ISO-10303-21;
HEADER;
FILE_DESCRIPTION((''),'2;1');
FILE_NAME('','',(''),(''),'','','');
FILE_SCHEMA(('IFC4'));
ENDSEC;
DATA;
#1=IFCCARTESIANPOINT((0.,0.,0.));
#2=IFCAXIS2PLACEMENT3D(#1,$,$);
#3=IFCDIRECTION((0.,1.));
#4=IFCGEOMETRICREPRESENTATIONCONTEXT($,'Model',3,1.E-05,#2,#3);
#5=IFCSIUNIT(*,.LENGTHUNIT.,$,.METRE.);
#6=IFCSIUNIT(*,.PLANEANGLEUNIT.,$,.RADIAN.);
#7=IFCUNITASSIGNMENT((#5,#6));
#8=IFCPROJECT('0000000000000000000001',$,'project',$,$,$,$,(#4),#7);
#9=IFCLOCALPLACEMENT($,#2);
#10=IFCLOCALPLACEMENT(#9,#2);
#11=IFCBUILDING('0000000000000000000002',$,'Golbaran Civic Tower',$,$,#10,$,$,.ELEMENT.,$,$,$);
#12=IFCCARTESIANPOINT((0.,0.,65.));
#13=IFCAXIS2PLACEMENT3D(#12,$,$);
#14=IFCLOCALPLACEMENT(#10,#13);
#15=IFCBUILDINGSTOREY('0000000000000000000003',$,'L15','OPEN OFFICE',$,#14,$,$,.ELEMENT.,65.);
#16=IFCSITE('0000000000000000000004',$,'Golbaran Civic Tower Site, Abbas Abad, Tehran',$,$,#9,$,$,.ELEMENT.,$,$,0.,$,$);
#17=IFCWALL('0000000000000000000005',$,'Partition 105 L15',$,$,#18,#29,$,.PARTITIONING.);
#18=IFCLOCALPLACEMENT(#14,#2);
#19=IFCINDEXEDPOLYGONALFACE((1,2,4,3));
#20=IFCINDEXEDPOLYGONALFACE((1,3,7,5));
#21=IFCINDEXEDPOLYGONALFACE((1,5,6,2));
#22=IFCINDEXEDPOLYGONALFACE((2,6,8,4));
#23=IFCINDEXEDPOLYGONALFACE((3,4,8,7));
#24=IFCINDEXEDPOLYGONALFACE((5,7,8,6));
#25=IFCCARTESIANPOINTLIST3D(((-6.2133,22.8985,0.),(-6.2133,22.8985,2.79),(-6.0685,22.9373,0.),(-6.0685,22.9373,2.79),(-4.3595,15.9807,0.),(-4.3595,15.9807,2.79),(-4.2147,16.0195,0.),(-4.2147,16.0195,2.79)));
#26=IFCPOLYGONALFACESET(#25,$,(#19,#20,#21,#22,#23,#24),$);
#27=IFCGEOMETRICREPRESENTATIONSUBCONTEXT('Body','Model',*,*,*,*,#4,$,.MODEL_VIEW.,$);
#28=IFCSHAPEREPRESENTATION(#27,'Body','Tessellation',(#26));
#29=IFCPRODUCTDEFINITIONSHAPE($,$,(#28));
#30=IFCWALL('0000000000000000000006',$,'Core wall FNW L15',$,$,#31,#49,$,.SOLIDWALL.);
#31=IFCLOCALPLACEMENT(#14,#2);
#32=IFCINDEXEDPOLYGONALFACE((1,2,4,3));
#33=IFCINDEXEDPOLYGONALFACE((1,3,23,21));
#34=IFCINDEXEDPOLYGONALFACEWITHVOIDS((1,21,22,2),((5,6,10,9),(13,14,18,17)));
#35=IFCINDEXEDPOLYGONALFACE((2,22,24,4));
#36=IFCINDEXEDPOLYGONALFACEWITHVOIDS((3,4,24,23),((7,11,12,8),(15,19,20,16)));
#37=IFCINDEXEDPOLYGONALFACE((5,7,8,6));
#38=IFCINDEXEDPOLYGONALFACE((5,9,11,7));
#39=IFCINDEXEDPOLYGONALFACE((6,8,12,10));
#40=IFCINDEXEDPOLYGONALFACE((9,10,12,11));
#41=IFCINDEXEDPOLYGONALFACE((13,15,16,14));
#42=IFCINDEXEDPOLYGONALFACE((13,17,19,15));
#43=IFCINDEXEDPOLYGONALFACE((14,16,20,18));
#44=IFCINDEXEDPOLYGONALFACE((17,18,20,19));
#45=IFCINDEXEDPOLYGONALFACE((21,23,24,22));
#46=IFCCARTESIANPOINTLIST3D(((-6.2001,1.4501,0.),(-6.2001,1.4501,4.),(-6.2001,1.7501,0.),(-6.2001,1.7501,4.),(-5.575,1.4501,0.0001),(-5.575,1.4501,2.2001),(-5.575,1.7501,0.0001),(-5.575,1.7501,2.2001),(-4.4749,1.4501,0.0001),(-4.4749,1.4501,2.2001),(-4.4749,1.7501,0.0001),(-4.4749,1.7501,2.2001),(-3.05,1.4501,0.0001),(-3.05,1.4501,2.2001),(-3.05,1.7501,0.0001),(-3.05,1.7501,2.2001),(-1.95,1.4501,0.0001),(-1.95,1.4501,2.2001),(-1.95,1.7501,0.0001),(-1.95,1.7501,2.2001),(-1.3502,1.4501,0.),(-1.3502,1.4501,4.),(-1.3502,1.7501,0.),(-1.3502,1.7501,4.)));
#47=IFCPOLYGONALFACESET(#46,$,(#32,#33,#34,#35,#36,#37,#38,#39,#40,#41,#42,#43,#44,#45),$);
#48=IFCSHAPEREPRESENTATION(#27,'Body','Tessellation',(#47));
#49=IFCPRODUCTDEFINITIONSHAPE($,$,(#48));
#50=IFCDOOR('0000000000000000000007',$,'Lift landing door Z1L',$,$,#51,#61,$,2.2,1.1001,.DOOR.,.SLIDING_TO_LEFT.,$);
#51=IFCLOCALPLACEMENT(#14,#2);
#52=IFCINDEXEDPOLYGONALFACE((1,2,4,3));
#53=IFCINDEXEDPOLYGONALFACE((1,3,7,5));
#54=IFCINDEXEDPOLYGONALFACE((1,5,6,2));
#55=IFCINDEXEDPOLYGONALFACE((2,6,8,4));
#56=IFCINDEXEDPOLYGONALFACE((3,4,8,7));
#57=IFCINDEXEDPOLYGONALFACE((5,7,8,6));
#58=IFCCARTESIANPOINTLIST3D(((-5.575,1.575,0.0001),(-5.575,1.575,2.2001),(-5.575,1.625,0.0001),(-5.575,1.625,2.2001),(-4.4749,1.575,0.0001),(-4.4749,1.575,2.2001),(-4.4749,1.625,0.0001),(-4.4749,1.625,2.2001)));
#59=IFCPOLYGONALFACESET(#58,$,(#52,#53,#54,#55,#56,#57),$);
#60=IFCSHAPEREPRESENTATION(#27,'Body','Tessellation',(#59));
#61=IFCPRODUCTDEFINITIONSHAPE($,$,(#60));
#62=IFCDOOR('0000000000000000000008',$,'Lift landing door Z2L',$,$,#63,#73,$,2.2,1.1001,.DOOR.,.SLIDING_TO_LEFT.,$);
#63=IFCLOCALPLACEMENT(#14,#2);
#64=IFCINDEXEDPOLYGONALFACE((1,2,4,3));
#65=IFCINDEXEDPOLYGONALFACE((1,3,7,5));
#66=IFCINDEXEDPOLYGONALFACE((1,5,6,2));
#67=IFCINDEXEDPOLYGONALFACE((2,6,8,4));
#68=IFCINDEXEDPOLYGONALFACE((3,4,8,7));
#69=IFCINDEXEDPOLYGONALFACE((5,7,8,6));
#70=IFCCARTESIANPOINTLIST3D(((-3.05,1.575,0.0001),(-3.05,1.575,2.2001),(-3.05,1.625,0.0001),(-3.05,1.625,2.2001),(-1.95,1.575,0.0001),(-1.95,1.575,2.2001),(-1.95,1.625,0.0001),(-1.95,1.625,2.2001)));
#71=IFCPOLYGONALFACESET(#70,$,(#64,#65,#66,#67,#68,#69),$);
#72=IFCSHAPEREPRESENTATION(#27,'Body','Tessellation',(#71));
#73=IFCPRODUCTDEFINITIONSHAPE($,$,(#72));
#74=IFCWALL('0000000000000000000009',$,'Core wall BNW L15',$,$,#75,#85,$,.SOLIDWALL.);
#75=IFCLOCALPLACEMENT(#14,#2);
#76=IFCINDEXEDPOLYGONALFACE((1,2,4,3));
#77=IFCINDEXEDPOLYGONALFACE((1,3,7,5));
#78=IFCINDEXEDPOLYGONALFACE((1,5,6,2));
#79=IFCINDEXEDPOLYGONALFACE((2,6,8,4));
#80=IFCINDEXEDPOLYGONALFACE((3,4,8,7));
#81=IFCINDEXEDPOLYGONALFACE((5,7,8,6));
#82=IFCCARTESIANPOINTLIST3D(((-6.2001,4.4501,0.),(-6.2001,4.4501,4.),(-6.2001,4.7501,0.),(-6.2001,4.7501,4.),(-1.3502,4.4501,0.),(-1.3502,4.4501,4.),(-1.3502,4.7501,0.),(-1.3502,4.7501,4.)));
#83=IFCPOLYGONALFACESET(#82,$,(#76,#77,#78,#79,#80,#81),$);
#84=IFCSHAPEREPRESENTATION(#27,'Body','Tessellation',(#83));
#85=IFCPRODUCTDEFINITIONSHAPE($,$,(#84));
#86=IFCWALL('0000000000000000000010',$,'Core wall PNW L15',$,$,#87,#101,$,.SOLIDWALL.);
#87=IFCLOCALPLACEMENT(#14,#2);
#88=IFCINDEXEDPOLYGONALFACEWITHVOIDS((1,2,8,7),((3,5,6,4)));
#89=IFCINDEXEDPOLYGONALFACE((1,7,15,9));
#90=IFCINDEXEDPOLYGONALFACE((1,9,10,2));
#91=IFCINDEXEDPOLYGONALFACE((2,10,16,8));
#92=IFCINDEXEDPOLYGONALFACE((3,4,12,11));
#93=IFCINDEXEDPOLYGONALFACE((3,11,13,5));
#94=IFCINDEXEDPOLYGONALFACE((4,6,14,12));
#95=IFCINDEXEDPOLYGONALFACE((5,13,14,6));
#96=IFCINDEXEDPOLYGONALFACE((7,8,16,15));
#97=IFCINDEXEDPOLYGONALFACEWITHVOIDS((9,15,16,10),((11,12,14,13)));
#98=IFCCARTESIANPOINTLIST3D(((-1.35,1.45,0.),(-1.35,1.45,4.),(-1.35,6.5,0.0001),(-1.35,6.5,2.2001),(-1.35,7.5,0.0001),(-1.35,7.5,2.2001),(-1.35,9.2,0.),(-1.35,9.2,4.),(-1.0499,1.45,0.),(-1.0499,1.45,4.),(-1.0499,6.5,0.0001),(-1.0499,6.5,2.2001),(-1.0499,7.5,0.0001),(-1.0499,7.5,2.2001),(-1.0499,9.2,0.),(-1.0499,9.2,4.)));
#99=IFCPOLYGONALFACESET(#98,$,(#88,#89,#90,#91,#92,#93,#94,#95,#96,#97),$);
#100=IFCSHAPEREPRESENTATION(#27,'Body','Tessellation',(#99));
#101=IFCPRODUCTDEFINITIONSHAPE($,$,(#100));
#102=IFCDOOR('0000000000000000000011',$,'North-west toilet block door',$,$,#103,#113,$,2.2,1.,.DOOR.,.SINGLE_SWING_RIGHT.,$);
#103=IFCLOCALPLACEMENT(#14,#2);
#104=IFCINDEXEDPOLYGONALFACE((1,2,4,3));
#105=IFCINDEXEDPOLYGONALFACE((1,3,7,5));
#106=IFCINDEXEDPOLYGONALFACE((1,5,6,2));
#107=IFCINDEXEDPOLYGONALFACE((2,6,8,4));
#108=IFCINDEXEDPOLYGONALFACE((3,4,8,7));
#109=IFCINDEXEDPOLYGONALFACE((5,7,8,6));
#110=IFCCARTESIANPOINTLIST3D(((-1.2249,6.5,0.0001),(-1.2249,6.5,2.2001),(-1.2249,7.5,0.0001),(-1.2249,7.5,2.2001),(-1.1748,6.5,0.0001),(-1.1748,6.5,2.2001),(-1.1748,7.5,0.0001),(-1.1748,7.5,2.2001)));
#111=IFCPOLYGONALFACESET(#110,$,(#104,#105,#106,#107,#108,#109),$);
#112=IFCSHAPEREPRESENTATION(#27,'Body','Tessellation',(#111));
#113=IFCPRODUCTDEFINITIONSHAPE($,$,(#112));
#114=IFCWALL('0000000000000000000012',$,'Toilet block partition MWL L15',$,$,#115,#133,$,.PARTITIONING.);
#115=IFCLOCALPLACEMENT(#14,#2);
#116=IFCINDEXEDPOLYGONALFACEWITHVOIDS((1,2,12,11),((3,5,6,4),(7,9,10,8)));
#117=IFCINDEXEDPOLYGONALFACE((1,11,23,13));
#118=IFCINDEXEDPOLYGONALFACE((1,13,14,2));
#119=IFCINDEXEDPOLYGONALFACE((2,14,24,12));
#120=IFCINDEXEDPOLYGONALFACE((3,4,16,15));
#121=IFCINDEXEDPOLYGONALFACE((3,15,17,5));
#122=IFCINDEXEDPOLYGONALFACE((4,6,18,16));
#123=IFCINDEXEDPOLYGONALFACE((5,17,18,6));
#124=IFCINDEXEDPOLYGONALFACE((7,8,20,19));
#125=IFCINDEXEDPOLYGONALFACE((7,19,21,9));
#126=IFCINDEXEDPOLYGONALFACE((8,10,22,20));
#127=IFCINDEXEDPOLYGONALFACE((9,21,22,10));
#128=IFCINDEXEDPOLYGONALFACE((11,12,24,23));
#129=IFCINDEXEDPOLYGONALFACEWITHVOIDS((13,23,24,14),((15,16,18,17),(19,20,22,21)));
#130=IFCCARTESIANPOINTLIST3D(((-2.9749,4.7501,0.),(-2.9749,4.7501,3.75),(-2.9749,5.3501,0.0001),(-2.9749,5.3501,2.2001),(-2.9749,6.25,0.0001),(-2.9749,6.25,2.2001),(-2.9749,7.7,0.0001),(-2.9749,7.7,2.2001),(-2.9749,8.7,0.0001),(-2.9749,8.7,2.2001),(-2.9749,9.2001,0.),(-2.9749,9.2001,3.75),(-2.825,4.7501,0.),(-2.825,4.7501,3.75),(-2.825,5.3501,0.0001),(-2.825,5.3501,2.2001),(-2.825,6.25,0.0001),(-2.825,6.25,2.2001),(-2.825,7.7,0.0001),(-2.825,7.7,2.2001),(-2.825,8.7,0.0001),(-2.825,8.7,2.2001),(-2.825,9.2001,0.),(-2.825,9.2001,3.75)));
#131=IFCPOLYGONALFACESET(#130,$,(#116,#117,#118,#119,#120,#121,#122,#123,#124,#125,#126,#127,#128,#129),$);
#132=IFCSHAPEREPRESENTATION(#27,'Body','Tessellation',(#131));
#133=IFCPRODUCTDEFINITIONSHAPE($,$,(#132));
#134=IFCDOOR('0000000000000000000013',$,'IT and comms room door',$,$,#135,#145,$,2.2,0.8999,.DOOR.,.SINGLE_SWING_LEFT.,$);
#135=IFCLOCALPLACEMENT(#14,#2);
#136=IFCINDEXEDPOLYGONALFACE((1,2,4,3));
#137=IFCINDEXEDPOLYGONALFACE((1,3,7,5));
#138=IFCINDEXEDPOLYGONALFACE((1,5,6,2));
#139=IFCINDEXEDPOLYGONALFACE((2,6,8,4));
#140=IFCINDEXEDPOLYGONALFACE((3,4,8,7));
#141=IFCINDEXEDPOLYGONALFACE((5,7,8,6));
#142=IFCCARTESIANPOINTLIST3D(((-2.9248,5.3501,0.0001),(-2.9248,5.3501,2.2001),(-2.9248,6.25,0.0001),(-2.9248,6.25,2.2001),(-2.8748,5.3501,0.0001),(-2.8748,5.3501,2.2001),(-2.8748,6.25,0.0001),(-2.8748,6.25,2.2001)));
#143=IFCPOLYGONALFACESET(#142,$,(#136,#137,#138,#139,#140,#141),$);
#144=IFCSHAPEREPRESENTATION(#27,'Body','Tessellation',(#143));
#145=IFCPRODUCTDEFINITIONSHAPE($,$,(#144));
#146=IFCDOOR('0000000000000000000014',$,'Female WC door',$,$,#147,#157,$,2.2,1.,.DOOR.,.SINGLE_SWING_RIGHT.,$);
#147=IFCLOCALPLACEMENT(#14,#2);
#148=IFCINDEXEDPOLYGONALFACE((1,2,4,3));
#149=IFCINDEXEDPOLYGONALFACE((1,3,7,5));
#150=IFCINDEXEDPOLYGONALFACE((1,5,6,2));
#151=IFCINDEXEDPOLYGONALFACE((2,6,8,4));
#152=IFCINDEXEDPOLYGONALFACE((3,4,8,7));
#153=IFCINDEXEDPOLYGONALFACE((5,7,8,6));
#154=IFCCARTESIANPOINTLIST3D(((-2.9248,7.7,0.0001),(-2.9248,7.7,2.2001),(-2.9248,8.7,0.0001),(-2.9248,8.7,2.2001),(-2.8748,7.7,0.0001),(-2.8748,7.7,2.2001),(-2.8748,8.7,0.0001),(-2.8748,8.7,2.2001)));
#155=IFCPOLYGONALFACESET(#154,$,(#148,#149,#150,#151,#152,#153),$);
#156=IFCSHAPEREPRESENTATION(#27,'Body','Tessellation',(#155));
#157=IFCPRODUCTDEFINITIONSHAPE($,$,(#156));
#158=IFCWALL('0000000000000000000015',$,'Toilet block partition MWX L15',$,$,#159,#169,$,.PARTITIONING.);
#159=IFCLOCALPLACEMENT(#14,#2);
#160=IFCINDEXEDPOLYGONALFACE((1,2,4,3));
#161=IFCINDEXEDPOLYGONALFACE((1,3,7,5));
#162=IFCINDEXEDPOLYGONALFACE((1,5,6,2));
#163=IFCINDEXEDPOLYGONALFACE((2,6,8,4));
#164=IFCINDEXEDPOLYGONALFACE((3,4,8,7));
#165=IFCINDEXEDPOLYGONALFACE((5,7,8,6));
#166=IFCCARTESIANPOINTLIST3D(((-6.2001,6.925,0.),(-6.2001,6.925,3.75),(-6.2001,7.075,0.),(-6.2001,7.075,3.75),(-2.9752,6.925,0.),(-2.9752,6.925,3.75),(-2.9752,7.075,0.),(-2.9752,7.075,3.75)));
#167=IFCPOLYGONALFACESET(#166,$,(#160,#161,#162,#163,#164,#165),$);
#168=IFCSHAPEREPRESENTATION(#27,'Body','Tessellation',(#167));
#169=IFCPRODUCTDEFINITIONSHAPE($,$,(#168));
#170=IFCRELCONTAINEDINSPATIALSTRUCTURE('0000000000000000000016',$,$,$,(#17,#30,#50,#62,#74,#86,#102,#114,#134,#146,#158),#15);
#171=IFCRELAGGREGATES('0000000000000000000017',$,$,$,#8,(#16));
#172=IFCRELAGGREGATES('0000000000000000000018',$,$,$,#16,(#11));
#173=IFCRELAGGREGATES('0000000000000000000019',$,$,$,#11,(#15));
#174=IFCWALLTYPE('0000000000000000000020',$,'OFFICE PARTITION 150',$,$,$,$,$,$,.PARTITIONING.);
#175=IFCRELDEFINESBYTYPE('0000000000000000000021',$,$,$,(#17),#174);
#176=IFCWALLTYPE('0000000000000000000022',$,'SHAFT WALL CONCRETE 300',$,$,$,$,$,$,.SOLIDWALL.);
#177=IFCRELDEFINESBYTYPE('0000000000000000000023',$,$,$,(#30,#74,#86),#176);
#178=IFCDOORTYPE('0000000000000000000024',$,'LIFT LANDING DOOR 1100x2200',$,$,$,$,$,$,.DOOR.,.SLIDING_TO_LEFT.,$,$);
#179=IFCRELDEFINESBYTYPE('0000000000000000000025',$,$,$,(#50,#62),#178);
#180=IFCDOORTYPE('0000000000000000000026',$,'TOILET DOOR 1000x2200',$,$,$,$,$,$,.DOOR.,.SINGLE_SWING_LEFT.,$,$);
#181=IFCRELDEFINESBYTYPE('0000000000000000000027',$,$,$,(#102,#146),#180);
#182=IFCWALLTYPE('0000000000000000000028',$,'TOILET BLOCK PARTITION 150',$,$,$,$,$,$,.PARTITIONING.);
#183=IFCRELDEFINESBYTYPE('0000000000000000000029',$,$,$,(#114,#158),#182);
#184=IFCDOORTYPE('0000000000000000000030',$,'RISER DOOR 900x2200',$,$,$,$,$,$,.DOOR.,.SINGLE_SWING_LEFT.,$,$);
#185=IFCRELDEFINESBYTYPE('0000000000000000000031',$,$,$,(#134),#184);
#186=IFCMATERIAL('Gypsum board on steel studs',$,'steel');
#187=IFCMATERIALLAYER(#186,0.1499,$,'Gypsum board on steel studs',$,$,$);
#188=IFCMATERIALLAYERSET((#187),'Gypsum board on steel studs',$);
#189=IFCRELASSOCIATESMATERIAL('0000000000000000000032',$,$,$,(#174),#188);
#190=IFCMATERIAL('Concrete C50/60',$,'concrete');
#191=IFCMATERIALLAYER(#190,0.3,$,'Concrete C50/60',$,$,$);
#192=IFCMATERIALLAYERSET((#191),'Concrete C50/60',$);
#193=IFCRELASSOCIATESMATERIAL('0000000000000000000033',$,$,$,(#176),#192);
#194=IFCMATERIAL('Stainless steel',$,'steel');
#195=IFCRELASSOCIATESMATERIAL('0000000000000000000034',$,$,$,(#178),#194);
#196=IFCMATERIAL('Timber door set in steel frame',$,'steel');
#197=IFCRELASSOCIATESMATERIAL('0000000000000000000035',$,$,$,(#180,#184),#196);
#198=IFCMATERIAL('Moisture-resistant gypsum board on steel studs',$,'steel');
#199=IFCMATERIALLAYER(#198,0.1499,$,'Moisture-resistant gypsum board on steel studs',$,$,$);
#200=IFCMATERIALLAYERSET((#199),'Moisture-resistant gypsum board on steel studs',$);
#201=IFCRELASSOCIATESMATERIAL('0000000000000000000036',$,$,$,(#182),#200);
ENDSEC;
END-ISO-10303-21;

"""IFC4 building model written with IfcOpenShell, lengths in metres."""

from ifc_helpers import new_model, si_unit, direction, frame, frame_2d, origin, place, context, subcontext, project, spatial, rectangle, extrude, material, layer, layer_set, type_object, element, fill, save


model = new_model("IFC4")

# Units and contexts
model_context = context("Model", 3, precision=1e-05, world=origin(), true_north=direction((0.0, 1.0)))
body_context = subcontext(model_context, "Body", "Model", "MODEL_VIEW")
ifc_project = project(units=[si_unit("LENGTHUNIT", "METRE"), si_unit("PLANEANGLEUNIT", "RADIAN")], contexts=[model_context])

# Site, building, storey
site_placement = place(None, origin())
site = spatial("IfcSite", under=ifc_project, at=site_placement, Name="Golbaran Civic Tower Site, Abbas Abad, Tehran", CompositionType="ELEMENT", RefElevation=0.0)
building_placement = place(site_placement, origin())
building = spatial("IfcBuilding", under=site, at=building_placement, Name="Golbaran Civic Tower", CompositionType="ELEMENT")
storey_placement = place(building_placement, frame((0.0, 0.0, 65.0)))
storey = spatial("IfcBuildingStorey", under=building, at=storey_placement, Name="L15", Description="OPEN OFFICE", CompositionType="ELEMENT", Elevation=65.0)

# Wall
ifc_material_1 = material(Name="Gypsum board on steel studs", Category="steel")
ifc_layer_1 = layer(ifc_material_1, 0.1499, Name="Gypsum board on steel studs")
ifc_layer_set_1 = layer_set([ifc_layer_1], Name="Gypsum board on steel studs")
wall_type_1 = type_object("IfcWallType", Name="OFFICE PARTITION 150", PredefinedType="PARTITIONING", material=ifc_layer_set_1)
wall_1_placement = place(storey_placement, frame((-4.2871, 16.0, 0.0), z_axis=(0.0, 0.0, 1.0), x_axis=(-0.25884, 0.96592, 0.0)))
element("IfcWall", 1, at=wall_1_placement, inside=storey, type_object=wall_type_1, Name="Partition 105 L15", PredefinedType="PARTITIONING", context=body_context, shape_type="SweptSolid", body=[
    extrude(rectangle(XDim=7.1619, YDim=0.1499, at=frame_2d((3.5811, 0.0))), origin(), (0.0, 0.0, 1.0), 2.79),
])

# Wall, openings, doors
ifc_material_2 = material(Name="Concrete C50/60", Category="concrete")
ifc_layer_2 = layer(ifc_material_2, 0.3, Name="Concrete C50/60")
ifc_layer_set_2 = layer_set([ifc_layer_2], Name="Concrete C50/60")
wall_type_2 = type_object("IfcWallType", Name="SHAFT WALL CONCRETE 300", PredefinedType="SOLIDWALL", material=ifc_layer_set_2)
wall_2_placement = place(storey_placement, frame((-6.2, 1.6001, 0.0), z_axis=(0.0, 0.0, 1.0), x_axis=(1.0, 0.0, 0.0)))
wall_2 = element("IfcWall", 2, at=wall_2_placement, inside=storey, type_object=wall_type_2, Name="Core wall FNW L15", PredefinedType="SOLIDWALL", context=body_context, shape_type="SweptSolid", body=[
    extrude(rectangle(XDim=4.8499, YDim=0.3, at=frame_2d((2.4248, 0.0))), origin(), (0.0, 0.0, 1.0), 4.0),
])
opening_1_placement = place(wall_2_placement, frame((0.625, 0.0, 0.0)))
opening_1 = element("IfcOpeningElement", 3, at=opening_1_placement, cuts=wall_2, PredefinedType="OPENING", context=body_context, shape_type="SweptSolid", body=[
    extrude(rectangle(XDim=1.1001, YDim=2.2, at=frame_2d((0.55, 1.1001))), frame((0.0, 0.1599, 0.0), z_axis=(0.0, -1.0, 0.0), x_axis=(1.0, 0.0, 0.0)), (0.0, 0.0, 1.0), 0.3201),
])
opening_2_placement = place(wall_2_placement, frame((3.1499, 0.0, 0.0)))
opening_2 = element("IfcOpeningElement", 4, at=opening_2_placement, cuts=wall_2, PredefinedType="OPENING", context=body_context, shape_type="SweptSolid", body=[
    extrude(rectangle(XDim=1.1001, YDim=2.2, at=frame_2d((0.55, 1.1001))), frame((0.0, 0.1599, 0.0), z_axis=(0.0, -1.0, 0.0), x_axis=(1.0, 0.0, 0.0)), (0.0, 0.0, 1.0), 0.3201),
])
ifc_material_3 = material(Name="Stainless steel", Category="steel")
door_type_1 = type_object("IfcDoorType", Name="LIFT LANDING DOOR 1100x2200", OperationType="SLIDING_TO_LEFT", PredefinedType="DOOR", material=ifc_material_3)
door_1_placement = place(opening_1_placement, origin())
door_1 = element("IfcDoor", 5, at=door_1_placement, inside=storey, type_object=door_type_1, Name="Lift landing door Z1L", OperationType="SLIDING_TO_LEFT", OverallHeight=2.2, OverallWidth=1.1001, PredefinedType="DOOR", context=body_context, shape_type="SweptSolid", body=[
    extrude(rectangle(XDim=1.1001, YDim=2.2, at=frame_2d((0.55, 1.1001))), frame((0.0, 0.0249, 0.0), z_axis=(0.0, -1.0, 0.0), x_axis=(1.0, 0.0, 0.0)), (0.0, 0.0, 1.0), 0.05),
])
fill(opening_1, door_1)
door_2_placement = place(opening_2_placement, origin())
door_2 = element("IfcDoor", 6, at=door_2_placement, inside=storey, type_object=door_type_1, Name="Lift landing door Z2L", OperationType="SLIDING_TO_LEFT", OverallHeight=2.2, OverallWidth=1.1001, PredefinedType="DOOR", context=body_context, shape_type="SweptSolid", body=[
    extrude(rectangle(XDim=1.1001, YDim=2.2, at=frame_2d((0.55, 1.1001))), frame((0.0, 0.0249, 0.0), z_axis=(0.0, -1.0, 0.0), x_axis=(1.0, 0.0, 0.0)), (0.0, 0.0, 1.0), 0.05),
])
fill(opening_2, door_2)

# Wall
wall_3_placement = place(storey_placement, frame((-6.2, 4.6001, 0.0), z_axis=(0.0, 0.0, 1.0), x_axis=(1.0, 0.0, 0.0)))
element("IfcWall", 7, at=wall_3_placement, inside=storey, type_object=wall_type_2, Name="Core wall BNW L15", PredefinedType="SOLIDWALL", context=body_context, shape_type="SweptSolid", body=[
    extrude(rectangle(XDim=4.8499, YDim=0.3, at=frame_2d((2.4248, 0.0))), origin(), (0.0, 0.0, 1.0), 4.0),
])

# Wall, opening, door
wall_4_placement = place(storey_placement, frame((-1.2, 1.45, 0.0), z_axis=(0.0, 0.0, 1.0), x_axis=(0.0, 1.0, 0.0)))
wall_4 = element("IfcWall", 8, at=wall_4_placement, inside=storey, type_object=wall_type_2, Name="Core wall PNW L15", PredefinedType="SOLIDWALL", context=body_context, shape_type="SweptSolid", body=[
    extrude(rectangle(XDim=7.75, YDim=0.3, at=frame_2d((3.875, 0.0))), origin(), (0.0, 0.0, 1.0), 4.0),
])
opening_3_placement = place(wall_4_placement, frame((5.05, 0.0, 0.0)))
opening_3 = element("IfcOpeningElement", 9, at=opening_3_placement, cuts=wall_4, PredefinedType="OPENING", context=body_context, shape_type="SweptSolid", body=[
    extrude(rectangle(XDim=1.0, YDim=2.2, at=frame_2d((0.5, 1.1001))), frame((0.0, 0.1599, 0.0), z_axis=(0.0, -1.0, 0.0), x_axis=(1.0, 0.0, 0.0)), (0.0, 0.0, 1.0), 0.3201),
])
ifc_material_4 = material(Name="Timber door set in steel frame", Category="steel")
door_type_2 = type_object("IfcDoorType", Name="TOILET DOOR 1000x2200", OperationType="SINGLE_SWING_LEFT", PredefinedType="DOOR", material=ifc_material_4)
door_3_placement = place(opening_3_placement, origin())
door_3 = element("IfcDoor", 10, at=door_3_placement, inside=storey, type_object=door_type_2, Name="North-west toilet block door", OperationType="SINGLE_SWING_RIGHT", OverallHeight=2.2, OverallWidth=1.0, PredefinedType="DOOR", context=body_context, shape_type="SweptSolid", body=[
    extrude(rectangle(XDim=1.0, YDim=2.2, at=frame_2d((0.5, 1.1001))), frame((0.0, 0.0249, 0.0), z_axis=(0.0, -1.0, 0.0), x_axis=(1.0, 0.0, 0.0)), (0.0, 0.0, 1.0), 0.05),
])
fill(opening_3, door_3)

# Wall, openings, doors
ifc_material_5 = material(Name="Moisture-resistant gypsum board on steel studs", Category="steel")
ifc_layer_3 = layer(ifc_material_5, 0.1499, Name="Moisture-resistant gypsum board on steel studs")
ifc_layer_set_3 = layer_set([ifc_layer_3], Name="Moisture-resistant gypsum board on steel studs")
wall_type_3 = type_object("IfcWallType", Name="TOILET BLOCK PARTITION 150", PredefinedType="PARTITIONING", material=ifc_layer_set_3)
wall_5_placement = place(storey_placement, frame((-2.8999, 4.75, 0.0), z_axis=(0.0, 0.0, 1.0), x_axis=(0.0, 1.0, 0.0)))
wall_5 = element("IfcWall", 11, at=wall_5_placement, inside=storey, type_object=wall_type_3, Name="Toilet block partition MWL L15", PredefinedType="PARTITIONING", context=body_context, shape_type="SweptSolid", body=[
    extrude(rectangle(XDim=4.45, YDim=0.1499, at=frame_2d((2.2251, 0.0))), origin(), (0.0, 0.0, 1.0), 3.75),
])
opening_4_placement = place(wall_5_placement, frame((2.95, 0.0, 0.0)))
opening_4 = element("IfcOpeningElement", 12, at=opening_4_placement, cuts=wall_5, PredefinedType="OPENING", context=body_context, shape_type="SweptSolid", body=[
    extrude(rectangle(XDim=1.0, YDim=2.2, at=frame_2d((0.5, 1.1001))), frame((0.0, 0.085, 0.0), z_axis=(0.0, -1.0, 0.0), x_axis=(1.0, 0.0, 0.0)), (0.0, 0.0, 1.0), 0.1699),
])
opening_5_placement = place(wall_5_placement, frame((0.6001, 0.0, 0.0)))
opening_5 = element("IfcOpeningElement", 13, at=opening_5_placement, cuts=wall_5, PredefinedType="OPENING", context=body_context, shape_type="SweptSolid", body=[
    extrude(rectangle(XDim=0.8999, YDim=2.2, at=frame_2d((0.45, 1.1001))), frame((0.0, 0.085, 0.0), z_axis=(0.0, -1.0, 0.0), x_axis=(1.0, 0.0, 0.0)), (0.0, 0.0, 1.0), 0.1699),
])
door_type_3 = type_object("IfcDoorType", Name="RISER DOOR 900x2200", OperationType="SINGLE_SWING_LEFT", PredefinedType="DOOR", material=ifc_material_4)
door_4_placement = place(opening_5_placement, origin())
door_4 = element("IfcDoor", 14, at=door_4_placement, inside=storey, type_object=door_type_3, Name="IT and comms room door", OperationType="SINGLE_SWING_LEFT", OverallHeight=2.2, OverallWidth=0.8999, PredefinedType="DOOR", context=body_context, shape_type="SweptSolid", body=[
    extrude(rectangle(XDim=0.8999, YDim=2.2, at=frame_2d((0.45, 1.1001))), frame((0.0, 0.0249, 0.0), z_axis=(0.0, -1.0, 0.0), x_axis=(1.0, 0.0, 0.0)), (0.0, 0.0, 1.0), 0.05),
])
fill(opening_5, door_4)
door_5_placement = place(opening_4_placement, origin())
door_5 = element("IfcDoor", 15, at=door_5_placement, inside=storey, type_object=door_type_2, Name="Female WC door", OperationType="SINGLE_SWING_RIGHT", OverallHeight=2.2, OverallWidth=1.0, PredefinedType="DOOR", context=body_context, shape_type="SweptSolid", body=[
    extrude(rectangle(XDim=1.0, YDim=2.2, at=frame_2d((0.5, 1.1001))), frame((0.0, 0.0249, 0.0), z_axis=(0.0, -1.0, 0.0), x_axis=(1.0, 0.0, 0.0)), (0.0, 0.0, 1.0), 0.05),
])
fill(opening_4, door_5)

# Wall
wall_6_placement = place(storey_placement, frame((-6.2, 7.0, 0.0), z_axis=(0.0, 0.0, 1.0), x_axis=(1.0, 0.0, 0.0)))
element("IfcWall", 16, at=wall_6_placement, inside=storey, type_object=wall_type_3, Name="Toilet block partition MWX L15", PredefinedType="PARTITIONING", context=body_context, shape_type="SweptSolid", body=[
    extrude(rectangle(XDim=3.2249, YDim=0.1499, at=frame_2d((1.6123, 0.0))), origin(), (0.0, 0.0, 1.0), 3.75),
])

save(model, "model.ifc")
